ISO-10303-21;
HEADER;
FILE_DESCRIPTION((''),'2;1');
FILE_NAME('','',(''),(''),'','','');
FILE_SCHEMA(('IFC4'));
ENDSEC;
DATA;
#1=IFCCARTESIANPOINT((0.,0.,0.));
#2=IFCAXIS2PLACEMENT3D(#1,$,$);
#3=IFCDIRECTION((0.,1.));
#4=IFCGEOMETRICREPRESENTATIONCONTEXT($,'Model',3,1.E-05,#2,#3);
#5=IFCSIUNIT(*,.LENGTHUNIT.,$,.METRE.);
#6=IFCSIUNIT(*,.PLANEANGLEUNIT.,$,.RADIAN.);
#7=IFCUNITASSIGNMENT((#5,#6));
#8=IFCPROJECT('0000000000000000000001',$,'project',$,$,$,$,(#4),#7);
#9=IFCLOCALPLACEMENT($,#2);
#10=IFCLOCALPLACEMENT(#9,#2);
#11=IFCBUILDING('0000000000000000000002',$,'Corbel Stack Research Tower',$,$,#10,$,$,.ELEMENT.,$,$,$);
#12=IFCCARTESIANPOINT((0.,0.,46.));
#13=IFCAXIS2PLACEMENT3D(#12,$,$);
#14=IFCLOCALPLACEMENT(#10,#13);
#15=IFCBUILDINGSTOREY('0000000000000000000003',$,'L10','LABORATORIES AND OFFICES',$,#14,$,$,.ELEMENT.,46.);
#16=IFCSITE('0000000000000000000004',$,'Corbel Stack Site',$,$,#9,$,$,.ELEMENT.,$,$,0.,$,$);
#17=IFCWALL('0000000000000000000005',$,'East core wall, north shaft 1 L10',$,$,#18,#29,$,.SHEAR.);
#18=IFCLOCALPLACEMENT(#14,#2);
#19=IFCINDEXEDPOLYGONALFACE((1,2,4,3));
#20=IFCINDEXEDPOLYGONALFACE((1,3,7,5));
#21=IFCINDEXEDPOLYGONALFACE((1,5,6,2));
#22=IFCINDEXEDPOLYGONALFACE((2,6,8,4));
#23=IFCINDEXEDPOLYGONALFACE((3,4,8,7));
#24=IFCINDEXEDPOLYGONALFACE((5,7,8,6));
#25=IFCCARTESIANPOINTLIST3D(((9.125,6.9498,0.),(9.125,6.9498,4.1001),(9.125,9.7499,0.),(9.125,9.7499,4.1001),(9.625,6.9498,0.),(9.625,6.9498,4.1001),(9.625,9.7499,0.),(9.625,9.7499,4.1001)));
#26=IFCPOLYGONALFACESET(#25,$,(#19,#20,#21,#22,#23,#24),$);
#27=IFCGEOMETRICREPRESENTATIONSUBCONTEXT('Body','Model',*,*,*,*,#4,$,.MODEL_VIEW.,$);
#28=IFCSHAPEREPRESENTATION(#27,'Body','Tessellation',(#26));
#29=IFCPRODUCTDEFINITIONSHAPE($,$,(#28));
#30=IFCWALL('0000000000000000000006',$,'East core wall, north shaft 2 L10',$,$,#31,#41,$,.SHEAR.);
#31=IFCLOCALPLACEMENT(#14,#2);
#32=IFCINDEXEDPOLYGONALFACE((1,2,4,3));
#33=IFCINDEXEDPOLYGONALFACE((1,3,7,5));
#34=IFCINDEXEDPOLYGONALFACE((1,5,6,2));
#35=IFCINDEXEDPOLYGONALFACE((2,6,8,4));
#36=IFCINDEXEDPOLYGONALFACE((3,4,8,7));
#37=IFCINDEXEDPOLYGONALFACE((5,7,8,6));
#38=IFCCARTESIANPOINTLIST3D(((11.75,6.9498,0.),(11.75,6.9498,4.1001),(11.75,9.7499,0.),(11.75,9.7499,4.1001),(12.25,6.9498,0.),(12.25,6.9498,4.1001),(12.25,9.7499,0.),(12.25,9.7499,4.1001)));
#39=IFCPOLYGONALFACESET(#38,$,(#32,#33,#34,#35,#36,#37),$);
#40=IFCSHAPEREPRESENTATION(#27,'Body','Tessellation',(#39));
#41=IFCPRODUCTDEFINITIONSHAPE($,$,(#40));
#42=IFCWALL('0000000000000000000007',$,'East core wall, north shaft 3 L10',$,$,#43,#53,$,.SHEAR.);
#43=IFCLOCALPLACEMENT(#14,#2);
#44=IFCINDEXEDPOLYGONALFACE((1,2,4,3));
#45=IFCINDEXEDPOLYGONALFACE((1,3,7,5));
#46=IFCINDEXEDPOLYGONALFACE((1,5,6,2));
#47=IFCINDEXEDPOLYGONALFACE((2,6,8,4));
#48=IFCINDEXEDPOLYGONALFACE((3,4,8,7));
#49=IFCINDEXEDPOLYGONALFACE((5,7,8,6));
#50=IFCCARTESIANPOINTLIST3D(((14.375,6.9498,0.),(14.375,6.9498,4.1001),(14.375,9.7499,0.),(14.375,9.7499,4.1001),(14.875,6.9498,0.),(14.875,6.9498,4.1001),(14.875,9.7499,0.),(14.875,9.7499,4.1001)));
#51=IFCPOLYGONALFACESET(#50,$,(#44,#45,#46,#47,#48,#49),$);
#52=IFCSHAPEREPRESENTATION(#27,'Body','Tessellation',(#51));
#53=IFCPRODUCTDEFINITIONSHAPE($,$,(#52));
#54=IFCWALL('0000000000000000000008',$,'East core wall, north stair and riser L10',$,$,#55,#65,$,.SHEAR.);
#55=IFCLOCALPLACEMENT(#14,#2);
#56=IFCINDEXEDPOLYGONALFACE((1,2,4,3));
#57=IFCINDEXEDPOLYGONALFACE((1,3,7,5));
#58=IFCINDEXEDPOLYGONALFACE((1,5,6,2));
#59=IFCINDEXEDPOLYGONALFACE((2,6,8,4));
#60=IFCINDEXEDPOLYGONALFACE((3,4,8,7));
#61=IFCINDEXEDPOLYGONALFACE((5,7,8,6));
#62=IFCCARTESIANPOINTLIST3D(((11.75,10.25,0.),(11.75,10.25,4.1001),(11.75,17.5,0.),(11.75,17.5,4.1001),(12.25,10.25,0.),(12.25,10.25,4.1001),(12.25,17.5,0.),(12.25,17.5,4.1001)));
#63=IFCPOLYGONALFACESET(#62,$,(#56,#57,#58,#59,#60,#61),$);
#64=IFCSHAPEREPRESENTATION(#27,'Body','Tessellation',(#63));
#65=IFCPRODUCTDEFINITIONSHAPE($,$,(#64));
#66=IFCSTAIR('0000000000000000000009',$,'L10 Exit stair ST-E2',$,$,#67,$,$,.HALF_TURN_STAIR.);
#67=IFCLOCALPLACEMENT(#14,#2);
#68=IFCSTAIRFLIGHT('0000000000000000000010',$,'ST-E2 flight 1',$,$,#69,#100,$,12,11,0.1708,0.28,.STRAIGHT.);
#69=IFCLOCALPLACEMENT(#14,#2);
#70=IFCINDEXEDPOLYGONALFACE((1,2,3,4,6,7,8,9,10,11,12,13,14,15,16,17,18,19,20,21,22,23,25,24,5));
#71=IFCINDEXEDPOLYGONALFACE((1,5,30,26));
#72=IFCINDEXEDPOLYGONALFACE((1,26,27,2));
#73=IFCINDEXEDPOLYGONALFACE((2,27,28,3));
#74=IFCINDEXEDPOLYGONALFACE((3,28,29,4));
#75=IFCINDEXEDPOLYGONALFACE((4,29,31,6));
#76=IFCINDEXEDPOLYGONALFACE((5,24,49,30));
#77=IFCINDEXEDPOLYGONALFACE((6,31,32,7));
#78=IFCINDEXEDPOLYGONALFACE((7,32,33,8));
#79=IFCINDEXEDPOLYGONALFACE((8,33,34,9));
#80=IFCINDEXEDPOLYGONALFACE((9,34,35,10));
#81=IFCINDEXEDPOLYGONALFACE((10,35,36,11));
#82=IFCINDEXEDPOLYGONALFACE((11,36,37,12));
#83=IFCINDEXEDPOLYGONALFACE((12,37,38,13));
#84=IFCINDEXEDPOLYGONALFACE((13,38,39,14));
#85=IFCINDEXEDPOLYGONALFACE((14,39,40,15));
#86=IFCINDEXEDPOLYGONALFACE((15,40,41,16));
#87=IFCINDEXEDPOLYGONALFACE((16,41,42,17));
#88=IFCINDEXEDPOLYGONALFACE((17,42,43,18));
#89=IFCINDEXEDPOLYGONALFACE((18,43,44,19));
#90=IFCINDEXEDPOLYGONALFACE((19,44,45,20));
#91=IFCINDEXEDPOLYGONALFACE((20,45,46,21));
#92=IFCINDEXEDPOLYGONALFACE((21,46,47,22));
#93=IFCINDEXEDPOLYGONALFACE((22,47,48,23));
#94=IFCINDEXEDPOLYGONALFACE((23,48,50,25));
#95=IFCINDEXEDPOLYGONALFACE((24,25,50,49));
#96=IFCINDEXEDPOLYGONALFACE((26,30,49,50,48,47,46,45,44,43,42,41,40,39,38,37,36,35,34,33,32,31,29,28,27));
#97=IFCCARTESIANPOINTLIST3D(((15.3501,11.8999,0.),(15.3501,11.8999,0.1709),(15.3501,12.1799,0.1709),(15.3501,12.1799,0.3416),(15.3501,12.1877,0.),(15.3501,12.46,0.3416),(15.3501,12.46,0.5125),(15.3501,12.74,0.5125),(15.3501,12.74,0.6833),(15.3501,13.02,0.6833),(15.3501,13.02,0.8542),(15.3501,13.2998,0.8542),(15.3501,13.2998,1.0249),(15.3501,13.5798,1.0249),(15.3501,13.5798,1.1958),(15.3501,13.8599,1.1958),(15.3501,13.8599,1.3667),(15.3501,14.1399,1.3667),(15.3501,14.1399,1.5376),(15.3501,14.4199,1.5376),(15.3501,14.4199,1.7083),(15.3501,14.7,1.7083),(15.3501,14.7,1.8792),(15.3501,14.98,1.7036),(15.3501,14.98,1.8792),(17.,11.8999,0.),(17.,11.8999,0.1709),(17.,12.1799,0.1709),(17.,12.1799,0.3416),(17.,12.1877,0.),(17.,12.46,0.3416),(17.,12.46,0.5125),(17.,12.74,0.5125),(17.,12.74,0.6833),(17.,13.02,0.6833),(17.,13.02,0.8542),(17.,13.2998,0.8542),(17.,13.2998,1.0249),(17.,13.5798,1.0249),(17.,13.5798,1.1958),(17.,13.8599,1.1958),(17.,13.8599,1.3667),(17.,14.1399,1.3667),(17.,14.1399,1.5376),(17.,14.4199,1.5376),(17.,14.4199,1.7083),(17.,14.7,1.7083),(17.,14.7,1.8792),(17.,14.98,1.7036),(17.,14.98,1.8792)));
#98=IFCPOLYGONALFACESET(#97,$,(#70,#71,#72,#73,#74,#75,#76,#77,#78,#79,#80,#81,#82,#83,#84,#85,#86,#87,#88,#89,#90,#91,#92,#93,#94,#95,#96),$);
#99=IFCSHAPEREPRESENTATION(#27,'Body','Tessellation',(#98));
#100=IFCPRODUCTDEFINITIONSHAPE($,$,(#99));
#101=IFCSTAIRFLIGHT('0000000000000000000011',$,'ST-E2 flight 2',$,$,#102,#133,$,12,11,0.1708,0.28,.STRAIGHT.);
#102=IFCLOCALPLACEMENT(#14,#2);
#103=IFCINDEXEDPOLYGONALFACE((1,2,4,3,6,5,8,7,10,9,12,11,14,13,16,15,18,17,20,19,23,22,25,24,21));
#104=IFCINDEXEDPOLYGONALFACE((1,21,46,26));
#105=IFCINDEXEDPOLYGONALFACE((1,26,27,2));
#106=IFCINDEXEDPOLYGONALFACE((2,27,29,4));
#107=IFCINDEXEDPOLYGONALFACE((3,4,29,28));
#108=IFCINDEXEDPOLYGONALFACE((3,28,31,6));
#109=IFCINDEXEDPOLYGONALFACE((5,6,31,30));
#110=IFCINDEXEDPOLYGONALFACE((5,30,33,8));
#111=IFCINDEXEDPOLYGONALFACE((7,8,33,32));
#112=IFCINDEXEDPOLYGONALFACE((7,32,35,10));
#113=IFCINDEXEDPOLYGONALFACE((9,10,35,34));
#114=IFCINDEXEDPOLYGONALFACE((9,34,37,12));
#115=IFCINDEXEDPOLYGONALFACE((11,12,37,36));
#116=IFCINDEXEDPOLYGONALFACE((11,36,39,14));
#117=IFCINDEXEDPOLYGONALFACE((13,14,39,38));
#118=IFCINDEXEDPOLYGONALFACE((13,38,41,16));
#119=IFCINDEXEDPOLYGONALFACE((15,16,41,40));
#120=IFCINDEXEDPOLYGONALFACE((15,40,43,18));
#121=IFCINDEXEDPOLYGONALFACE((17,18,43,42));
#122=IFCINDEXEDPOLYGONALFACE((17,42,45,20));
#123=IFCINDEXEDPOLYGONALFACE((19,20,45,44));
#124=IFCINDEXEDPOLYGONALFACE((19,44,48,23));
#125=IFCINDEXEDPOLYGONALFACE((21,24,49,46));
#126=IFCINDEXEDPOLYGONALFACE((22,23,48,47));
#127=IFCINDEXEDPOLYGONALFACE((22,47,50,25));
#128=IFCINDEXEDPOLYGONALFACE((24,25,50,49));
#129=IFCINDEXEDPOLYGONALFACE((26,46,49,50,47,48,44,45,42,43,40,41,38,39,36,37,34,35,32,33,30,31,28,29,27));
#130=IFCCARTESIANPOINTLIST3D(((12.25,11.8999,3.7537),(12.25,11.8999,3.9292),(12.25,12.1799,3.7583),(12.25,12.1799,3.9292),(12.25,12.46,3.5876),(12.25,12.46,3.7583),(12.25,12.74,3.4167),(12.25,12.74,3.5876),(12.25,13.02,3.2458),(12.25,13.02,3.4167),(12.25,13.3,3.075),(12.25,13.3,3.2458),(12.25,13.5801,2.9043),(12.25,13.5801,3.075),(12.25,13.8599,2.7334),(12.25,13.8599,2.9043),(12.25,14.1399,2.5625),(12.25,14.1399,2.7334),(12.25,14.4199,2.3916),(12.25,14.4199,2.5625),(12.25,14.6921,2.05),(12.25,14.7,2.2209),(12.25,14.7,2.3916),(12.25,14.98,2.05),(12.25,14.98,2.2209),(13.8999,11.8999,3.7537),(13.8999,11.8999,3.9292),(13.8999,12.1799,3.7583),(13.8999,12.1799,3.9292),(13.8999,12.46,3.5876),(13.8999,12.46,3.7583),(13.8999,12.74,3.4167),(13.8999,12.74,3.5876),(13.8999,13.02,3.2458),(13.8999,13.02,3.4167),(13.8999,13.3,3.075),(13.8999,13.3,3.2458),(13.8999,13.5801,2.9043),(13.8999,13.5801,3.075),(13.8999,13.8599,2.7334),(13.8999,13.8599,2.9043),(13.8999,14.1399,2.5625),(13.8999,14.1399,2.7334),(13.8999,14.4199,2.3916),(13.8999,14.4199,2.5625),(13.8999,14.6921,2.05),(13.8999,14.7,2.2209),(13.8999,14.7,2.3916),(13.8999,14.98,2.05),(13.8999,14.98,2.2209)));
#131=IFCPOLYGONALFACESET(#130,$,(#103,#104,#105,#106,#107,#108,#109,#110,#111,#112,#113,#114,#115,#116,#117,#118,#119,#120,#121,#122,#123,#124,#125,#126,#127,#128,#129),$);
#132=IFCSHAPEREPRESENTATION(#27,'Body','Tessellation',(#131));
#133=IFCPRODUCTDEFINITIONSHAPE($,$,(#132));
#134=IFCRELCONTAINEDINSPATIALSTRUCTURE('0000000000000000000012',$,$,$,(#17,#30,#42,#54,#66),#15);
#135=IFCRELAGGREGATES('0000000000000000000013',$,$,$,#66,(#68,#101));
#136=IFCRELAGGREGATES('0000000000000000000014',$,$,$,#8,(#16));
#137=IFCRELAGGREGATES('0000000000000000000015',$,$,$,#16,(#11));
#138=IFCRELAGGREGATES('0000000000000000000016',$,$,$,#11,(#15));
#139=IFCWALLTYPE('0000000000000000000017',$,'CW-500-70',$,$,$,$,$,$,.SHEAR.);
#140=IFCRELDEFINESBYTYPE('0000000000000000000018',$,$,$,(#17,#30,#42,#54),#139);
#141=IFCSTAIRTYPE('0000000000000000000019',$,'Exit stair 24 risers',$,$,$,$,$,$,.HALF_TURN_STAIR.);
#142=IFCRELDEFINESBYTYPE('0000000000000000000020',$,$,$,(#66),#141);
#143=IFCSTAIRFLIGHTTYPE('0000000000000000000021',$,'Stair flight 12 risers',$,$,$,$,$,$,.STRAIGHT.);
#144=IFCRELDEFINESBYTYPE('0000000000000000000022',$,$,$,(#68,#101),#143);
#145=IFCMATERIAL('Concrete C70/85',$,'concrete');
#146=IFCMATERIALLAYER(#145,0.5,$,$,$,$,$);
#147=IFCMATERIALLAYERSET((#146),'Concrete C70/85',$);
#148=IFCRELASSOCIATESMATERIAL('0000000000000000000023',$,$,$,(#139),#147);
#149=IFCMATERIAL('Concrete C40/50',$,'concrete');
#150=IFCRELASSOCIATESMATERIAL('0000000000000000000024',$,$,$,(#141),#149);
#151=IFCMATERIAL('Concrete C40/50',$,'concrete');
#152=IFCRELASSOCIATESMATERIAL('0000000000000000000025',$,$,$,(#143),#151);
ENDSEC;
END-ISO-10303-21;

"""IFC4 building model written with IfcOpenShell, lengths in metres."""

from ifc_helpers import new_model, si_unit, direction, frame, frame_2d, origin, place, context, subcontext, project, spatial, polyline, rectangle, outline, extrude, material, layer, layer_set, type_object, element, aggregate, save


model = new_model("IFC4")

# Units and contexts
model_context = context("Model", 3, precision=1e-05, world=origin(), true_north=direction((0.0, 1.0)))
body_context = subcontext(model_context, "Body", "Model", "MODEL_VIEW")
ifc_project = project(units=[si_unit("LENGTHUNIT", "METRE"), si_unit("PLANEANGLEUNIT", "RADIAN")], contexts=[model_context])

# Site, building, storey
site_placement = place(None, origin())
site = spatial("IfcSite", under=ifc_project, at=site_placement, Name="Corbel Stack Site", CompositionType="ELEMENT", RefElevation=0.0)
building_placement = place(site_placement, origin())
building = spatial("IfcBuilding", under=site, at=building_placement, Name="Corbel Stack Research Tower", CompositionType="ELEMENT")
storey_placement = place(building_placement, frame((0.0, 0.0, 46.0)))
storey = spatial("IfcBuildingStorey", under=building, at=storey_placement, Name="L10", Description="LABORATORIES AND OFFICES", CompositionType="ELEMENT", Elevation=46.0)

# Walls
ifc_material_1 = material(Name="Concrete C70/85", Category="concrete")
ifc_layer = layer(ifc_material_1, 0.5)
ifc_layer_set = layer_set([ifc_layer], Name="Concrete C70/85")
wall_type = type_object("IfcWallType", Name="CW-500-70", PredefinedType="SHEAR", material=ifc_layer_set)
for number, where, z_axis, x_axis, name in (
    (1, (9.375, 6.95, 0.0), (0.0, 0.0, 1.0), (0.0, 1.0, 0.0), "East core wall, north shaft 1 L10"),
    (2, (12.0, 6.95, 0.0), (0.0, 0.0, 1.0), (0.0, 1.0, 0.0), "East core wall, north shaft 2 L10"),
    (3, (14.625, 6.95, 0.0), (0.0, 0.0, 1.0), (0.0, 1.0, 0.0), "East core wall, north shaft 3 L10"),
):
    element("IfcWall", number, at=place(storey_placement, frame(where, z_axis=z_axis, x_axis=x_axis)), inside=storey, type_object=wall_type, Name=name, PredefinedType="SHEAR", context=body_context, shape_type="SweptSolid", body=[
        extrude(rectangle(XDim=2.8, YDim=0.5, at=frame_2d((1.3999, 0.0))), origin(), (0.0, 0.0, 1.0), 4.1001),
    ])
wall_placement = place(storey_placement, frame((12.0, 10.25, 0.0), z_axis=(0.0, 0.0, 1.0), x_axis=(0.0, 1.0, 0.0)))
element("IfcWall", 4, at=wall_placement, inside=storey, type_object=wall_type, Name="East core wall, north stair and riser L10", PredefinedType="SHEAR", context=body_context, shape_type="SweptSolid", body=[
    extrude(rectangle(XDim=7.25, YDim=0.5, at=frame_2d((3.625, 0.0))), origin(), (0.0, 0.0, 1.0), 4.1001),
])

# Stair, stair flights
ifc_material_2 = material(Name="Concrete C40/50", Category="concrete")
stair_type = type_object("IfcStairType", Name="Exit stair 24 risers", PredefinedType="HALF_TURN_STAIR", material=ifc_material_2)
stair_placement = place(storey_placement, origin())
stair = element("IfcStair", 5, at=stair_placement, inside=storey, type_object=stair_type, Name="L10 Exit stair ST-E2", PredefinedType="HALF_TURN_STAIR")
ifc_material_3 = material(Name="Concrete C40/50", Category="concrete")
stair_flight_type = type_object("IfcStairFlightType", Name="Stair flight 12 risers", PredefinedType="STRAIGHT", material=ifc_material_3)
stair_flight_1_placement = place(storey_placement, frame((16.175, 11.8999, 0.0), z_axis=(0.0, 0.0, 1.0), x_axis=(0.0, 1.0, 0.0)))
stair_flight_1 = element("IfcStairFlight", 6, at=stair_flight_1_placement, type_object=stair_flight_type, Name="ST-E2 flight 1", NumberOfRisers=12, NumberOfTreads=11, PredefinedType="STRAIGHT", RiserHeight=0.1708, TreadLength=0.28, context=body_context, shape_type="SweptSolid", body=[
    extrude(outline(polyline([(0.0, 0.0), (0.0, 0.1709), (0.28, 0.1709), (0.28, 0.3416), (0.5601, 0.3416), (0.5601, 0.5125), (0.8401, 0.5125), (0.8401, 0.6833), (1.1201, 0.6833), (1.1201, 0.8542), (1.3999, 0.8542), (1.3999, 1.0249), (1.6799, 1.0249), (1.6799, 1.1958), (1.96, 1.1958), (1.96, 1.3667), (2.24, 1.3667), (2.24, 1.5376), (2.52, 1.5376), (2.52, 1.7083), (2.8, 1.7083), (2.8, 1.8792), (3.0801, 1.8792), (3.0801, 2.05), (3.0801, 1.7036), (0.2878, 0.0), (0.0, 0.0)])), frame((0.0, 0.825, 0.0), z_axis=(0.0, -1.0, 0.0), x_axis=(1.0, 0.0, 0.0)), (0.0, 0.0, 1.0), 1.6499),
])
stair_flight_2_placement = place(storey_placement, frame((13.075, 14.98, 2.05), z_axis=(0.0, 0.0, 1.0), x_axis=(0.0, -1.0, 0.0)))
stair_flight_2 = element("IfcStairFlight", 7, at=stair_flight_2_placement, type_object=stair_flight_type, Name="ST-E2 flight 2", NumberOfRisers=12, NumberOfTreads=11, PredefinedType="STRAIGHT", RiserHeight=0.1708, TreadLength=0.28, context=body_context, shape_type="SweptSolid", body=[
    extrude(outline(polyline([(0.0, 0.0), (0.0, 0.1709), (0.28, 0.1709), (0.28, 0.3416), (0.5601, 0.3416), (0.5601, 0.5125), (0.8401, 0.5125), (0.8401, 0.6833), (1.1201, 0.6833), (1.1201, 0.8542), (1.3999, 0.8542), (1.3999, 1.0249), (1.6799, 1.0249), (1.6799, 1.1958), (1.96, 1.1958), (1.96, 1.3667), (2.24, 1.3667), (2.24, 1.5376), (2.52, 1.5376), (2.52, 1.7083), (2.8, 1.7083), (2.8, 1.8792), (3.0801, 1.8792), (3.0801, 2.05), (3.0801, 1.7036), (0.2878, 0.0), (0.0, 0.0)])), frame((0.0, 0.825, 0.0), z_axis=(0.0, -1.0, 0.0), x_axis=(1.0, 0.0, 0.0)), (0.0, 0.0, 1.0), 1.6499),
])
aggregate(stair, [stair_flight_1, stair_flight_2])

save(model, "model.ifc")
